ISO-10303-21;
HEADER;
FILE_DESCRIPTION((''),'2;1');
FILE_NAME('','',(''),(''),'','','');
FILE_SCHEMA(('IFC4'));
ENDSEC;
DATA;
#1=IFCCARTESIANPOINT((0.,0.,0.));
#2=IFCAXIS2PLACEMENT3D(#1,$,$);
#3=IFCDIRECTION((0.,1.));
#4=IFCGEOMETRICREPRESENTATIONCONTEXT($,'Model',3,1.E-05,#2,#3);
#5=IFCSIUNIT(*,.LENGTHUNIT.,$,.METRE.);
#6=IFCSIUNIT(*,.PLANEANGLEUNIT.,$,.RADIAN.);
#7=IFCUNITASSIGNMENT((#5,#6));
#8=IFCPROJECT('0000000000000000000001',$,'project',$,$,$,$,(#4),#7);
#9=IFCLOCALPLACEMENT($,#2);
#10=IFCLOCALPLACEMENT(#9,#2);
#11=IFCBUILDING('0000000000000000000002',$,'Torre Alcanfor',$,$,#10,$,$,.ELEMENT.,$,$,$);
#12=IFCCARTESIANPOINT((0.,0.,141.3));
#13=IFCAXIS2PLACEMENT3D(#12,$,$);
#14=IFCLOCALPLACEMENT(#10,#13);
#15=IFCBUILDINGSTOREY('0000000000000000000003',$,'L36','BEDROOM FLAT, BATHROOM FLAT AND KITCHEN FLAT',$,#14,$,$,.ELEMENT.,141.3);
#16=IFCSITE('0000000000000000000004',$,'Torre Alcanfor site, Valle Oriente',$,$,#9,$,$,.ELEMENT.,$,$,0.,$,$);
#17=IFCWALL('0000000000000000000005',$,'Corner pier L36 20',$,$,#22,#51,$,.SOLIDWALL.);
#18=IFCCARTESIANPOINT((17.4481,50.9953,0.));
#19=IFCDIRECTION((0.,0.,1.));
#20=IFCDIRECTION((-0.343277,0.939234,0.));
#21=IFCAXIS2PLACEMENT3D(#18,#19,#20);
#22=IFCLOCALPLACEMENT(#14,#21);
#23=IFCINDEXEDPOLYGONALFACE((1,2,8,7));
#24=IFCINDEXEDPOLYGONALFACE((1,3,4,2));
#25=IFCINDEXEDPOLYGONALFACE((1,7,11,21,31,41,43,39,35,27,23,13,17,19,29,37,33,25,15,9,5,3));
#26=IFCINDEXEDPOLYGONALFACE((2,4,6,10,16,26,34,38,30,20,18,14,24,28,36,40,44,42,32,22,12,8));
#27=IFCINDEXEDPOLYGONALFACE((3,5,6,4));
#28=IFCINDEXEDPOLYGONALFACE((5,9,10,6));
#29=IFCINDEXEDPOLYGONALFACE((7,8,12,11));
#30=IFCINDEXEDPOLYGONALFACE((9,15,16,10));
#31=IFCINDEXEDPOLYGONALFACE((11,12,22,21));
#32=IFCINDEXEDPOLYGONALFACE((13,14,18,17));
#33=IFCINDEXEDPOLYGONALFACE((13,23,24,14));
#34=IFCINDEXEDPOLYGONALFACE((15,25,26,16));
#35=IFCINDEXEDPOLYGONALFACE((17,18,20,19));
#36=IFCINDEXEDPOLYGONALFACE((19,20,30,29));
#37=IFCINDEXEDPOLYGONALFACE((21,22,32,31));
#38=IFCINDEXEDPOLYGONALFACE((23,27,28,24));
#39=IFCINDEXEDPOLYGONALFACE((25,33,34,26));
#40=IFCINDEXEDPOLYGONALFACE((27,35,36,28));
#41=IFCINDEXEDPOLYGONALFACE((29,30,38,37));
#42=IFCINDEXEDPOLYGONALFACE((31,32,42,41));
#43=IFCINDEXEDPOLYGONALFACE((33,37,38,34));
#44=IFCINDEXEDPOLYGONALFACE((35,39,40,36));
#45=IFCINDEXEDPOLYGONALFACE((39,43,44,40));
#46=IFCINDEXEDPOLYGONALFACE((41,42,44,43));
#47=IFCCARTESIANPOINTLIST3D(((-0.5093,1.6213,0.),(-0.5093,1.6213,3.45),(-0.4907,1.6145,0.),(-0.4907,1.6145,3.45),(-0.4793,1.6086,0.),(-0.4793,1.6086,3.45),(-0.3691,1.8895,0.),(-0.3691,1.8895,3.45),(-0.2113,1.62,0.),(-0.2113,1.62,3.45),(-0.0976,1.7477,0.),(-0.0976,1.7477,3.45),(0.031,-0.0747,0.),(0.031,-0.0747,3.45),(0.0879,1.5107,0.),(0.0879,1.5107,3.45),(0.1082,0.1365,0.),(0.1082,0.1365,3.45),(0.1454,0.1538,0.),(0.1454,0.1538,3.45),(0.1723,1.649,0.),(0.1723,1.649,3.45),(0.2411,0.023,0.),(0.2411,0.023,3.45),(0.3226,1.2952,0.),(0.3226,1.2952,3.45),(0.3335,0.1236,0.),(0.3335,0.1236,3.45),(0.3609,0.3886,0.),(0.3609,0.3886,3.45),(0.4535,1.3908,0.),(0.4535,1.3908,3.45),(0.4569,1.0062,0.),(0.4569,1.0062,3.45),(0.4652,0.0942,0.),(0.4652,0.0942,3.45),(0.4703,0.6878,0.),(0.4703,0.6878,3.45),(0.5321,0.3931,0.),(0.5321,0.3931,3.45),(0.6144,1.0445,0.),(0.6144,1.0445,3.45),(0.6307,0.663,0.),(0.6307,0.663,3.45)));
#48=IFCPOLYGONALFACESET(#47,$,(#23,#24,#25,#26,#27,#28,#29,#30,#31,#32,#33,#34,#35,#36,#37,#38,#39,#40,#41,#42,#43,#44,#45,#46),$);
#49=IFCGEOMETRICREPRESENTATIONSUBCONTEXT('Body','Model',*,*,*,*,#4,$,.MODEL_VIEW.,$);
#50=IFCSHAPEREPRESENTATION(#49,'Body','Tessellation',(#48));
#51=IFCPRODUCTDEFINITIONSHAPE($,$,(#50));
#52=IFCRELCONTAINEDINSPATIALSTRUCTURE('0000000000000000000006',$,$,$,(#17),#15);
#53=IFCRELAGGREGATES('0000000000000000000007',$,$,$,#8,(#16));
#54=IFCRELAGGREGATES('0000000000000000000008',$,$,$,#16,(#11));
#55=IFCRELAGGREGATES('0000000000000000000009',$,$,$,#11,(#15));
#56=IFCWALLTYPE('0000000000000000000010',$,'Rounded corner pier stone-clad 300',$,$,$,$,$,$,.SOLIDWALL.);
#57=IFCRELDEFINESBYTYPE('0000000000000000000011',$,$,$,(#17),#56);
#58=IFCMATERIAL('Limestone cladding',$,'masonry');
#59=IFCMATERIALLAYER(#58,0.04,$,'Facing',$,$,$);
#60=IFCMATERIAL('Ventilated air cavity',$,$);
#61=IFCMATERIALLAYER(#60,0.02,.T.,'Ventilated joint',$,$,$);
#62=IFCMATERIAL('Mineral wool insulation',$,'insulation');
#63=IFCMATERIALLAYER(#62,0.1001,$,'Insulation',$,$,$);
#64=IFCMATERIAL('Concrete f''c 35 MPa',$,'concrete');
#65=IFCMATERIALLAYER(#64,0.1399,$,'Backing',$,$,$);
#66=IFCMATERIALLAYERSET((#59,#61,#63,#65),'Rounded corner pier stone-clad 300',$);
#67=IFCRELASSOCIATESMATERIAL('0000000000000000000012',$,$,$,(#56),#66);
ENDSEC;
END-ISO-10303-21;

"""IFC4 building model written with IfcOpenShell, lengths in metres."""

from ifc_helpers import new_model, si_unit, direction, frame, origin, place, context, subcontext, project, spatial, polyline, outline, extrude, material, layer, layer_set, type_object, element, save


model = new_model("IFC4")

# Units and contexts
model_context = context("Model", 3, precision=1e-05, world=origin(), true_north=direction((0.0, 1.0)))
body_context = subcontext(model_context, "Body", "Model", "MODEL_VIEW")
ifc_project = project(units=[si_unit("LENGTHUNIT", "METRE"), si_unit("PLANEANGLEUNIT", "RADIAN")], contexts=[model_context])

# Site, building, storey
site_placement = place(None, origin())
site = spatial("IfcSite", under=ifc_project, at=site_placement, Name="Torre Alcanfor site, Valle Oriente", CompositionType="ELEMENT", RefElevation=0.0)
building_placement = place(site_placement, origin())
building = spatial("IfcBuilding", under=site, at=building_placement, Name="Torre Alcanfor", CompositionType="ELEMENT")
storey_placement = place(building_placement, frame((0.0, 0.0, 141.3)))
storey = spatial("IfcBuildingStorey", under=building, at=storey_placement, Name="L36", Description="BEDROOM FLAT, BATHROOM FLAT AND KITCHEN FLAT", CompositionType="ELEMENT", Elevation=141.3)

# Shared definitions
ifc_material_1 = material(Name="Limestone cladding", Category="masonry")
ifc_material_2 = material(Name="Ventilated air cavity")
ifc_material_3 = material(Name="Mineral wool insulation", Category="insulation")
ifc_material_4 = material(Name="Concrete f'c 35 MPa", Category="concrete")

# Wall
ifc_layer_1 = layer(ifc_material_1, 0.04, Name="Facing")
ifc_layer_2 = layer(ifc_material_2, 0.02, ventilated=True, Name="Ventilated joint")
ifc_layer_3 = layer(ifc_material_3, 0.1001, Name="Insulation")
ifc_layer_4 = layer(ifc_material_4, 0.1399, Name="Backing")
ifc_layer_set_1 = layer_set([ifc_layer_1, ifc_layer_2, ifc_layer_3, ifc_layer_4], Name="Rounded corner pier stone-clad 300")
wall_type_1 = type_object("IfcWallType", Name="Rounded corner pier stone-clad 300", PredefinedType="SOLIDWALL", material=ifc_layer_set_1)
wall_1_placement = place(storey_placement, frame((17.4481, 50.9953, 0.0), z_axis=(0.0, 0.0, 1.0), x_axis=(-0.343277, 0.939234, 0.0)))
element("IfcWall", 1, at=wall_1_placement, inside=storey, type_object=wall_type_1, Name="Corner pier L36 20", PredefinedType="SOLIDWALL", context=body_context, shape_type="SweptSolid", body=[
    extrude(outline(polyline([(0.2411, 0.023), (0.3335, 0.1236), (0.4652, 0.0942), (0.5321, 0.3931), (0.6307, 0.663), (0.6144, 1.0445), (0.4535, 1.3908), (0.1723, 1.649), (-0.0976, 1.7477), (-0.3691, 1.8895), (-0.5093, 1.6213), (-0.4907, 1.6145), (-0.4793, 1.6086), (-0.2113, 1.62), (0.0879, 1.5107), (0.3226, 1.2952), (0.4569, 1.0062), (0.4703, 0.6878), (0.3609, 0.3886), (0.1454, 0.1538), (0.1082, 0.1365), (0.031, -0.0747), (0.2411, 0.023)])), origin(), (0.0, 0.0, 1.0), 3.45),
])

save(model, "model.ifc")
